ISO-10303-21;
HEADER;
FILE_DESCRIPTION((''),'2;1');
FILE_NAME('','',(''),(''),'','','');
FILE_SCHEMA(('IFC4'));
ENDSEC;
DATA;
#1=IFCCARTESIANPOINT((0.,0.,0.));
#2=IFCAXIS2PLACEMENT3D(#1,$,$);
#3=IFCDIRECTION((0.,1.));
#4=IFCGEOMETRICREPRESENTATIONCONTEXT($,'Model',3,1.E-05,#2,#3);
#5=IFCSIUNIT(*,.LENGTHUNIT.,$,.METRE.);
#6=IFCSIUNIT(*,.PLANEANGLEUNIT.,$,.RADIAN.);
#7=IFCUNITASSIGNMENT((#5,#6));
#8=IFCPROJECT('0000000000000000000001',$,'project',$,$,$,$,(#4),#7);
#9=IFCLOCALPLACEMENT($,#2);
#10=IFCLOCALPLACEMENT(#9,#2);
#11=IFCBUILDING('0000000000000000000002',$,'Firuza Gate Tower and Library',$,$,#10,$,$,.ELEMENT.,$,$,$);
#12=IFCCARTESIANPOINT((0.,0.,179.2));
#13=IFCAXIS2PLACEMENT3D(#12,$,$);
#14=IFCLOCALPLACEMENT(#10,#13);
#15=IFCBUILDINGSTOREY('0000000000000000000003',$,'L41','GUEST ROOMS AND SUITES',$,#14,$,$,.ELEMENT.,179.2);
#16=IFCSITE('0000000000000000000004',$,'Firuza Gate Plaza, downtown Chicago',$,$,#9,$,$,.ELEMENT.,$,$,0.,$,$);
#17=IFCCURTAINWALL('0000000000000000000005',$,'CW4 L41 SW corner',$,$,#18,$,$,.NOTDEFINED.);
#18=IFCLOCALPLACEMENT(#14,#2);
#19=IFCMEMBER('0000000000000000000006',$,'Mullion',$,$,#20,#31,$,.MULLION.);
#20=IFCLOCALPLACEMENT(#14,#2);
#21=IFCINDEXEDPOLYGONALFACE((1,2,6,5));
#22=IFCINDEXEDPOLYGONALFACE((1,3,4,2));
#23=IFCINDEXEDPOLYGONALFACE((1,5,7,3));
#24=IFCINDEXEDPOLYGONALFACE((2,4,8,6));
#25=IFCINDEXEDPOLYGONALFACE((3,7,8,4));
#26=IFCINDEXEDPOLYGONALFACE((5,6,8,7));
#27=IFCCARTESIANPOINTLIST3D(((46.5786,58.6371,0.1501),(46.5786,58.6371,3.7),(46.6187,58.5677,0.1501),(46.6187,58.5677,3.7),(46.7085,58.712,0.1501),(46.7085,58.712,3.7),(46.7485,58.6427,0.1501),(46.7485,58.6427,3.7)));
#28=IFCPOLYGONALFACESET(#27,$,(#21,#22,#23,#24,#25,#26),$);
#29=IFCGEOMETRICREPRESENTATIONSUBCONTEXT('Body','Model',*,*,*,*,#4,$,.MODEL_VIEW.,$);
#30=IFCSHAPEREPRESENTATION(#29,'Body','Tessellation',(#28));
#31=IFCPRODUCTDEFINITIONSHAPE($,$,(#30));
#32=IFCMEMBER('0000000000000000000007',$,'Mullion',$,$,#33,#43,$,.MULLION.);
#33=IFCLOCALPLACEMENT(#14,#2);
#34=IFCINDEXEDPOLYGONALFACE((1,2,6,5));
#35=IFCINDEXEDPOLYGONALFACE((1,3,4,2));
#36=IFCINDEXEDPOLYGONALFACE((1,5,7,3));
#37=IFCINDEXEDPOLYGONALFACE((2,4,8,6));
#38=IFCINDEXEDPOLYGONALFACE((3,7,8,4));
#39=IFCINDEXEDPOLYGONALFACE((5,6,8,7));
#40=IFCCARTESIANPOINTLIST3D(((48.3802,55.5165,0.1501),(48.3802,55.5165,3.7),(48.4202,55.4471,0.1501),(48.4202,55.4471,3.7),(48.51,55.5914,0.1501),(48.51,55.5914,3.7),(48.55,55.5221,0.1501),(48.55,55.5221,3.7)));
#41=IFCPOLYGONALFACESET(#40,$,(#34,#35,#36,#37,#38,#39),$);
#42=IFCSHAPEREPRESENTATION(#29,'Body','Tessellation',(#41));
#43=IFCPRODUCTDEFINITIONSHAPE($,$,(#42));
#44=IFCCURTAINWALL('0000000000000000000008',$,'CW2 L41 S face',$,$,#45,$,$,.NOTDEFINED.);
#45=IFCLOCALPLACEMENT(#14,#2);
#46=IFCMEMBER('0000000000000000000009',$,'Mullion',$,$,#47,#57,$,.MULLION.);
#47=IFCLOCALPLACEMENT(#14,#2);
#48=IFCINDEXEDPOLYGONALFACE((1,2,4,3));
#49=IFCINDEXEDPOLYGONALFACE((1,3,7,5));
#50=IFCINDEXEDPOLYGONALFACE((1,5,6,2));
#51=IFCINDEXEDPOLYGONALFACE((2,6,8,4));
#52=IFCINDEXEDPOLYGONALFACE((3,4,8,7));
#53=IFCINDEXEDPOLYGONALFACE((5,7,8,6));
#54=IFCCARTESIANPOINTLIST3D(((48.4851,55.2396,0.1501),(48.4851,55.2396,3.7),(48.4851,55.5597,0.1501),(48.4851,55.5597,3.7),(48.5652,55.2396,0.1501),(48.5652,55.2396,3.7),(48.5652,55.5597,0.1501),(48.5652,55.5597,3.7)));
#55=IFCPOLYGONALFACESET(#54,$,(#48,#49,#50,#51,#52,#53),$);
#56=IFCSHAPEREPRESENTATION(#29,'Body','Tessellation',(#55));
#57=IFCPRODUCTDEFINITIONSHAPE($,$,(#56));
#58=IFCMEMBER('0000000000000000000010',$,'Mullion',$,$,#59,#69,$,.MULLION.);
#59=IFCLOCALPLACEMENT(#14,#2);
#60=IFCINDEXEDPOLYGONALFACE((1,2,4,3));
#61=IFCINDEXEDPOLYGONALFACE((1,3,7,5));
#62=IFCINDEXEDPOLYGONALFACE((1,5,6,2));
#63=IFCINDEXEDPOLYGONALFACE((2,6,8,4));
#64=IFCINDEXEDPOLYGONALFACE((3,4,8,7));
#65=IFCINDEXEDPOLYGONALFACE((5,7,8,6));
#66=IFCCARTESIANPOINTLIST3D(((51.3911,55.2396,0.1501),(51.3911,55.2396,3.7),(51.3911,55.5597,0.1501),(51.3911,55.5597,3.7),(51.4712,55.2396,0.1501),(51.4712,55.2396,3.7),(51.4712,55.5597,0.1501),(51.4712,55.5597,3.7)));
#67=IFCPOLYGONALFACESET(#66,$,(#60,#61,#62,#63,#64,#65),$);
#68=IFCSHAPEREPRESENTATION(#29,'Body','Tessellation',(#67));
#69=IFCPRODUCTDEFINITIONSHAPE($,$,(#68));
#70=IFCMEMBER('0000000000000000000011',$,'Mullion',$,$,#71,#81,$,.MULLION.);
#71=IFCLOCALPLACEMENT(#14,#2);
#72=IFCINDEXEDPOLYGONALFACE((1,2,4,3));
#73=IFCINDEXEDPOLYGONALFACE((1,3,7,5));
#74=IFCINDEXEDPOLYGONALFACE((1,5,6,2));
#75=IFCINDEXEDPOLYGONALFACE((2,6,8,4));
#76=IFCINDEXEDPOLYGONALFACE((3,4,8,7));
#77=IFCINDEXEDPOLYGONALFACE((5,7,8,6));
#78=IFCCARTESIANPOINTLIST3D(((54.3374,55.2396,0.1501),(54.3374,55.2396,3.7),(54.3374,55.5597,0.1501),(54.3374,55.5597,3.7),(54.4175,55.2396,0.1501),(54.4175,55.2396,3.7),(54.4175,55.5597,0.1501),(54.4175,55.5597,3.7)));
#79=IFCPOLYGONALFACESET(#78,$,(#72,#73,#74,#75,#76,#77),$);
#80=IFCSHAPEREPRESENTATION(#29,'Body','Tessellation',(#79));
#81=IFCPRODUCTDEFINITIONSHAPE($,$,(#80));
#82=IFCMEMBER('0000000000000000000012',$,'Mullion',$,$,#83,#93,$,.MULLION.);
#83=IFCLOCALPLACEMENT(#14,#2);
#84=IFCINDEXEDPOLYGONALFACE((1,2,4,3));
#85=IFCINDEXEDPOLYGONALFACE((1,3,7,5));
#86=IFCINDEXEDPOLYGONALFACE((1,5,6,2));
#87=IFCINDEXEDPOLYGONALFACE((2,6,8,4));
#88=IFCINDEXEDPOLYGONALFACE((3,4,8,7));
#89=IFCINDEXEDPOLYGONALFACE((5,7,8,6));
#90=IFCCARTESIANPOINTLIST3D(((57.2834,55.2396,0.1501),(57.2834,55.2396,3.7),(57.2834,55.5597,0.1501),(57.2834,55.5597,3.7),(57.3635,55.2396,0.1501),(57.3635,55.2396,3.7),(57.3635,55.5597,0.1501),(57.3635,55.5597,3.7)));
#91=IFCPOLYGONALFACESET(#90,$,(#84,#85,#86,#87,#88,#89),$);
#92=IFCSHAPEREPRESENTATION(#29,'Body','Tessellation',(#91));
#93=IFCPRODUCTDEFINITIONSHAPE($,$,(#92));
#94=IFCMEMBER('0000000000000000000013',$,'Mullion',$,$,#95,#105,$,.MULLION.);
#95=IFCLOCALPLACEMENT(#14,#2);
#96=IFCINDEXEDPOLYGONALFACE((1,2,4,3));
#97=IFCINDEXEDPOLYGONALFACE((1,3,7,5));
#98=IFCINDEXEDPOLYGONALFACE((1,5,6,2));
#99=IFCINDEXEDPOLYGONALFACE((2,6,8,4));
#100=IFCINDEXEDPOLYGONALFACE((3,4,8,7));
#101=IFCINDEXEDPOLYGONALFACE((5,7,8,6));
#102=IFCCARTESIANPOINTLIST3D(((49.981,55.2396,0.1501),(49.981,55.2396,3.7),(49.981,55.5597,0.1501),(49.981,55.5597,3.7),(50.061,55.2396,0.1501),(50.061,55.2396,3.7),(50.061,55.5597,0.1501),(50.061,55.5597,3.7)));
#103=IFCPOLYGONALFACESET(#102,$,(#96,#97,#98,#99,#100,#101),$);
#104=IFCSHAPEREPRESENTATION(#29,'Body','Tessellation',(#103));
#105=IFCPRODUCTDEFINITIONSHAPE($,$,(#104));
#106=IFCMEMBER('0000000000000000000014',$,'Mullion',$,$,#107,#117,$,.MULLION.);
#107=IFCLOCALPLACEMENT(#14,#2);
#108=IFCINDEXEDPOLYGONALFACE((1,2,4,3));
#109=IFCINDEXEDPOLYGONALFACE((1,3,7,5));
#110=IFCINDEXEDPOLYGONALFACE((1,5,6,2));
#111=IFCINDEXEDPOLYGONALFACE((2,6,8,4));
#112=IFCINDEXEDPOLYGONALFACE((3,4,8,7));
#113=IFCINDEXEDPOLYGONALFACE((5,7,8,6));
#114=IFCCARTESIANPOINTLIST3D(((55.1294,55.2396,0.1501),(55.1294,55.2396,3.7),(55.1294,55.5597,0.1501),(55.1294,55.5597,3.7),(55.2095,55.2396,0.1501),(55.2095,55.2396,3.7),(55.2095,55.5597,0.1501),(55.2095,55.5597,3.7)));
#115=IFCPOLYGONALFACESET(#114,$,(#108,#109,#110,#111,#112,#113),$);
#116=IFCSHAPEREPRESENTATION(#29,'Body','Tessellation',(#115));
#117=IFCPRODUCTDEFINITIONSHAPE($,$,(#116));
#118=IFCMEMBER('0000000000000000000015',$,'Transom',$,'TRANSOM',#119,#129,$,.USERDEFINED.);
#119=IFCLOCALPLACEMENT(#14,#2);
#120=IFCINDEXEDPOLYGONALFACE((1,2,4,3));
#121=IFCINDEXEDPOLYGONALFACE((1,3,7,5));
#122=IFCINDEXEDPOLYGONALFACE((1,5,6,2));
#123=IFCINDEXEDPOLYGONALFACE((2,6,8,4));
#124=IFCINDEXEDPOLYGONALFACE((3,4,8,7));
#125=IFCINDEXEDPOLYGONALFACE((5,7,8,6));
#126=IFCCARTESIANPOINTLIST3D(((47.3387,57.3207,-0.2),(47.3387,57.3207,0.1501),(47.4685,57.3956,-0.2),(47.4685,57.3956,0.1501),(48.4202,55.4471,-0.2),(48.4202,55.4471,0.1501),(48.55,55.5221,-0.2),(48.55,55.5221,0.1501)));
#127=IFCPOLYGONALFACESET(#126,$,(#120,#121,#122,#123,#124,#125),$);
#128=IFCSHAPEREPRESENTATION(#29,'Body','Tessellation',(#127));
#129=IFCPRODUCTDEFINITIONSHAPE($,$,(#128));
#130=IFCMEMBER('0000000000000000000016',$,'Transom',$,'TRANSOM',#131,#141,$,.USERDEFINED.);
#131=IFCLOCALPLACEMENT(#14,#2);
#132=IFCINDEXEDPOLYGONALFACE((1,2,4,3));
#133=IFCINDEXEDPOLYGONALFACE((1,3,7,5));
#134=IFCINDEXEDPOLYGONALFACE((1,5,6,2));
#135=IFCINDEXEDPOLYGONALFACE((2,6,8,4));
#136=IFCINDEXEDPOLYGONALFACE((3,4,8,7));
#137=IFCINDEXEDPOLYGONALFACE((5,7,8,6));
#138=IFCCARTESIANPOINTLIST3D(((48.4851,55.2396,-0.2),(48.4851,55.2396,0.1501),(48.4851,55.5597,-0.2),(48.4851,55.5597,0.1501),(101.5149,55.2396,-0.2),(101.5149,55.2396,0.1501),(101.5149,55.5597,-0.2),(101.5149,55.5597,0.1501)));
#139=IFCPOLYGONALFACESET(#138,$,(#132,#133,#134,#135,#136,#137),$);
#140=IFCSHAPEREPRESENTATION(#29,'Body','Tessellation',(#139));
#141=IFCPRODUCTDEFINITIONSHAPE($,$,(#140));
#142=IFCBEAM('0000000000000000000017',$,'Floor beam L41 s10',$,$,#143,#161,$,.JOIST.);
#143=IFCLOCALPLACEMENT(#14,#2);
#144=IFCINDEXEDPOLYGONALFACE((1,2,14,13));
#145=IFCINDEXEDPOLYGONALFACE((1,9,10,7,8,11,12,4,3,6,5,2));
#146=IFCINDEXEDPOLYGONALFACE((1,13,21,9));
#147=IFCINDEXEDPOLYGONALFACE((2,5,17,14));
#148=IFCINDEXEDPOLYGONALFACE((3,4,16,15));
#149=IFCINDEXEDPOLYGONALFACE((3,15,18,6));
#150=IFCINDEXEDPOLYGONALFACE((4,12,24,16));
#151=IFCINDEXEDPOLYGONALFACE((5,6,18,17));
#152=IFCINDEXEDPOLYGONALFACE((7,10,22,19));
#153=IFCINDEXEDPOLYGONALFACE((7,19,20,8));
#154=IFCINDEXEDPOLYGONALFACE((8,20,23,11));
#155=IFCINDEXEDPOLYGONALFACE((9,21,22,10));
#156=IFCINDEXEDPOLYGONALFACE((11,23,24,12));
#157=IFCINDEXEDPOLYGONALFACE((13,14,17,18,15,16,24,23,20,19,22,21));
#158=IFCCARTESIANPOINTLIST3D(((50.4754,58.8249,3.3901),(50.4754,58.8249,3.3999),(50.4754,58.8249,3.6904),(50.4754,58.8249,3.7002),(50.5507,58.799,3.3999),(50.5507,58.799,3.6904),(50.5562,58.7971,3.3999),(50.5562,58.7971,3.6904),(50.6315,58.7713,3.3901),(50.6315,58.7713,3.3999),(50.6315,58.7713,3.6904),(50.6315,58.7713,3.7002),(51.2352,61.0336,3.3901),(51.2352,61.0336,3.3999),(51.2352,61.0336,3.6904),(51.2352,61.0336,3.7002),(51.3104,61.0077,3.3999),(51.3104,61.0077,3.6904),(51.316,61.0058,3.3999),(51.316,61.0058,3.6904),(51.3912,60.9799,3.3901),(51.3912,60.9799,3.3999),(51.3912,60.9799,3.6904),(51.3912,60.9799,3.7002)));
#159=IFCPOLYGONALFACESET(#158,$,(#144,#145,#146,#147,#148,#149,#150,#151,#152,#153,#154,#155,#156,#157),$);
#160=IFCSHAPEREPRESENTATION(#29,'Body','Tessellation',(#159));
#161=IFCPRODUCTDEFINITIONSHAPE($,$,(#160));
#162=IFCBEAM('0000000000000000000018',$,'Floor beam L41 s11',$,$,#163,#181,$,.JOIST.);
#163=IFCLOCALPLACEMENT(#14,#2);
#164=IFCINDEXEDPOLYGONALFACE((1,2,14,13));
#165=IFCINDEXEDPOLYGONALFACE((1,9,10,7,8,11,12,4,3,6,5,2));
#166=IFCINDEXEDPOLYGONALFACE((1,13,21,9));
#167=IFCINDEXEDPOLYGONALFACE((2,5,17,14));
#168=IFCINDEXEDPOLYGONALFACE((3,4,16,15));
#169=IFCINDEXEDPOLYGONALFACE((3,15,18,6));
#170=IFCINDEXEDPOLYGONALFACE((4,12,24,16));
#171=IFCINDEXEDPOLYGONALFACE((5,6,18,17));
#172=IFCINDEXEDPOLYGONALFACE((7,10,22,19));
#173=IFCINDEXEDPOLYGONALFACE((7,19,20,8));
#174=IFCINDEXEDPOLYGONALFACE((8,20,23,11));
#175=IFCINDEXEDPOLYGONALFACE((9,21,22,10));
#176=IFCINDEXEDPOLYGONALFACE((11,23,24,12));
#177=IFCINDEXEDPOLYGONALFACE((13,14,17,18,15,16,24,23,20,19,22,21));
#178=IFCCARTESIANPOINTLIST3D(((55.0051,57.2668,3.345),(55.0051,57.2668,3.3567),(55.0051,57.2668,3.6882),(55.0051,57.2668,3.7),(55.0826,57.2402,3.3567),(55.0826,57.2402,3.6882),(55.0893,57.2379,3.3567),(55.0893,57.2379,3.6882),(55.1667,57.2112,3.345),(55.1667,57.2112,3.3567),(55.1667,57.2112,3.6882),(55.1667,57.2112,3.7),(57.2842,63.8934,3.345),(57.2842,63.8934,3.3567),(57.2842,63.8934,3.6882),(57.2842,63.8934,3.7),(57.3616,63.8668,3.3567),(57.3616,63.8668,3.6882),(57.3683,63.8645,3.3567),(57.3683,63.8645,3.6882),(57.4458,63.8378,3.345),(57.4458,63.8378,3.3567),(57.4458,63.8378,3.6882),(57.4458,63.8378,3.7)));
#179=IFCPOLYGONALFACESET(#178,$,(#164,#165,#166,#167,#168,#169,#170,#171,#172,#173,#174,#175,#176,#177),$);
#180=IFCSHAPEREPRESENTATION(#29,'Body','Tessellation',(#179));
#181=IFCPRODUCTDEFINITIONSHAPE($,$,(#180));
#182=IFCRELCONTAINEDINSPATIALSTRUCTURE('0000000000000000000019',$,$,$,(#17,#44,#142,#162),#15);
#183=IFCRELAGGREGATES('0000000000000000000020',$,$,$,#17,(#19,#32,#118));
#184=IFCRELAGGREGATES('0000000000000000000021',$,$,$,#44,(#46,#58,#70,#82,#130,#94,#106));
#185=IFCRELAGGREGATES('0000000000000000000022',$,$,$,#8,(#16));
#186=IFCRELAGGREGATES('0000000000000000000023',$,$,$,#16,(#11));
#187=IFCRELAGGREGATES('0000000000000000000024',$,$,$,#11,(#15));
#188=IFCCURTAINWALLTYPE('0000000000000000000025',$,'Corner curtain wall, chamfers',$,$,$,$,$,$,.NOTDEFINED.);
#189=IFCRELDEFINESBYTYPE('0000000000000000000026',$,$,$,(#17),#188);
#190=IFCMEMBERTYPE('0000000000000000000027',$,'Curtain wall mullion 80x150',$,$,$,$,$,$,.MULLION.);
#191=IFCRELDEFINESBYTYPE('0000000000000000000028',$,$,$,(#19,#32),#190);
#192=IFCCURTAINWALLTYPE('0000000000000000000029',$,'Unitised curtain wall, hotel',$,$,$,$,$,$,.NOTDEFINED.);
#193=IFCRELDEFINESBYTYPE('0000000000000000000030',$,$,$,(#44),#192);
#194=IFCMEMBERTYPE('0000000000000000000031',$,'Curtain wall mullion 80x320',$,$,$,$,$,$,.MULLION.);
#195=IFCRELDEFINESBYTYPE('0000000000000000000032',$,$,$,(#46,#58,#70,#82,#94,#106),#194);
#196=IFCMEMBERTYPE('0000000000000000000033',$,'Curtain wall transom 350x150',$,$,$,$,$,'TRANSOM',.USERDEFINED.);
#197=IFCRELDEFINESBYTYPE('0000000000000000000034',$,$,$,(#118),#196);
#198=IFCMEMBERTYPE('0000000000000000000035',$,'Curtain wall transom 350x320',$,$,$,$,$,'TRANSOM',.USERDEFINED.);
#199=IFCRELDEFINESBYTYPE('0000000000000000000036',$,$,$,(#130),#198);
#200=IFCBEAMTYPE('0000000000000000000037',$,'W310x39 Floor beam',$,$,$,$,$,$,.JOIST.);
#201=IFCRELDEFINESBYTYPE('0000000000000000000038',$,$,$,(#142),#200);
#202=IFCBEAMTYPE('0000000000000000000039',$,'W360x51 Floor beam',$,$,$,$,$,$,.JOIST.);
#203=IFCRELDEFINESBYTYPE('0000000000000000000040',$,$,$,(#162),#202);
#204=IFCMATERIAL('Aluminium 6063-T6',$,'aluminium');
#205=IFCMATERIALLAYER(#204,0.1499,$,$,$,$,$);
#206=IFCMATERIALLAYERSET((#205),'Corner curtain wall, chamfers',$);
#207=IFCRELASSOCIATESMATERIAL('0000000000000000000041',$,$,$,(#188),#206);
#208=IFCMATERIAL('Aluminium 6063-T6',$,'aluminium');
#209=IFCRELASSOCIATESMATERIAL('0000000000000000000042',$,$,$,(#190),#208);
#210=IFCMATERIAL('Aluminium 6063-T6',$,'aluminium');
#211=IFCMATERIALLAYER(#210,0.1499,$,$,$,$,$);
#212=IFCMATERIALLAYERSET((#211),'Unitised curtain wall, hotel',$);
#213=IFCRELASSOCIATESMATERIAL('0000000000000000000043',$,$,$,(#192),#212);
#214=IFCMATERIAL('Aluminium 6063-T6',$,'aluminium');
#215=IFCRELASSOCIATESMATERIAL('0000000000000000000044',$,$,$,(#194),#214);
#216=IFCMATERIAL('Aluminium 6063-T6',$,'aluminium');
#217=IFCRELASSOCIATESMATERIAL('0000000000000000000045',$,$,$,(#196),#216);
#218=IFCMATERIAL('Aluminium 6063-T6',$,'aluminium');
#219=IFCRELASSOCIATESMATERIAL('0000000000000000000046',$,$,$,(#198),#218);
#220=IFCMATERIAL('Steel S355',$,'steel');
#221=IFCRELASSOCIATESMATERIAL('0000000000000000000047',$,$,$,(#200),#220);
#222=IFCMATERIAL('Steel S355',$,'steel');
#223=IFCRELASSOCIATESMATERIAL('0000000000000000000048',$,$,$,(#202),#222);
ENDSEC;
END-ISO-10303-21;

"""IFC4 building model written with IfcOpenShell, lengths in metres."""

from ifc_helpers import new_model, si_unit, direction, frame, origin, origin_2d, place, context, subcontext, project, spatial, rectangle, i_section, extrude, material, layer, layer_set, material_profile, profile_set, type_object, element, aggregate, save


model = new_model("IFC4")

# Units and contexts
model_context = context("Model", 3, precision=1e-05, world=origin(), true_north=direction((0.0, 1.0)))
body_context = subcontext(model_context, "Body", "Model", "MODEL_VIEW")
ifc_project = project(units=[si_unit("LENGTHUNIT", "METRE"), si_unit("PLANEANGLEUNIT", "RADIAN")], contexts=[model_context])

# Site, building, storey
site_placement = place(None, origin())
site = spatial("IfcSite", under=ifc_project, at=site_placement, Name="Firuza Gate Plaza, downtown Chicago", CompositionType="ELEMENT", RefElevation=0.0)
building_placement = place(site_placement, origin())
building = spatial("IfcBuilding", under=site, at=building_placement, Name="Firuza Gate Tower and Library", CompositionType="ELEMENT")
storey_placement = place(building_placement, frame((0.0, 0.0, 179.2)))
storey = spatial("IfcBuildingStorey", under=building, at=storey_placement, Name="L41", Description="GUEST ROOMS AND SUITES", CompositionType="ELEMENT", Elevation=179.2)

# Curtain walls, members
ifc_material_1 = material(Name="Aluminium 6063-T6", Category="aluminium")
ifc_layer_1 = layer(ifc_material_1, 0.1499)
ifc_layer_set_1 = layer_set([ifc_layer_1], Name="Corner curtain wall, chamfers")
curtain_wall_type_1 = type_object("IfcCurtainWallType", Name="Corner curtain wall, chamfers", PredefinedType="NOTDEFINED", material=ifc_layer_set_1)
placement_1 = place(storey_placement, origin())
curtain_wall_1 = element("IfcCurtainWall", 1, at=placement_1, inside=storey, type_object=curtain_wall_type_1, Name="CW4 L41 SW corner", PredefinedType="NOTDEFINED")
ifc_material_2 = material(Name="Aluminium 6063-T6", Category="aluminium")
ifc_material_profile_1 = material_profile(ifc_material_2, rectangle(XDim=0.1499, YDim=0.0801, at=origin_2d()))
ifc_profile_set_1 = profile_set([ifc_material_profile_1], Name="Aluminium 6063-T6")
member_type_1 = type_object("IfcMemberType", Name="Curtain wall mullion 80x150", PredefinedType="MULLION", material=ifc_profile_set_1)
member_1_placement = place(storey_placement, frame((46.6636, 58.6399, 0.1501), z_axis=(0.0, 0.0, 1.0), x_axis=(0.866025, 0.5, 0.0)))
member_1 = element("IfcMember", 2, at=member_1_placement, type_object=member_type_1, Name="Mullion", PredefinedType="MULLION", context=body_context, shape_type="SweptSolid", body=[
    extrude(rectangle(XDim=0.1499, YDim=0.0801, at=origin_2d()), origin(), (0.0, 0.0, 1.0), 3.5498),
])
member_2_placement = place(storey_placement, frame((48.4651, 55.5193, 0.1501), z_axis=(0.0, 0.0, 1.0), x_axis=(0.866025, 0.5, 0.0)))
member_2 = element("IfcMember", 3, at=member_2_placement, type_object=member_type_1, Name="Mullion", PredefinedType="MULLION", context=body_context, shape_type="SweptSolid", body=[
    extrude(rectangle(XDim=0.1499, YDim=0.0801, at=origin_2d()), origin(), (0.0, 0.0, 1.0), 3.5498),
])
ifc_material_3 = material(Name="Aluminium 6063-T6", Category="aluminium")
ifc_layer_2 = layer(ifc_material_3, 0.1499)
ifc_layer_set_2 = layer_set([ifc_layer_2], Name="Unitised curtain wall, hotel")
curtain_wall_type_2 = type_object("IfcCurtainWallType", Name="Unitised curtain wall, hotel", PredefinedType="NOTDEFINED", material=ifc_layer_set_2)
curtain_wall_2 = element("IfcCurtainWall", 4, at=placement_1, inside=storey, type_object=curtain_wall_type_2, Name="CW2 L41 S face", PredefinedType="NOTDEFINED")
ifc_material_4 = material(Name="Aluminium 6063-T6", Category="aluminium")
ifc_material_profile_2 = material_profile(ifc_material_4, rectangle(XDim=0.3201, YDim=0.0801, at=origin_2d()))
ifc_profile_set_2 = profile_set([ifc_material_profile_2], Name="Aluminium 6063-T6")
member_type_2 = type_object("IfcMemberType", Name="Curtain wall mullion 80x320", PredefinedType="MULLION", material=ifc_profile_set_2)
member_3_placement = place(storey_placement, frame((48.5251, 55.3997, 0.1501), z_axis=(0.0, 0.0, 1.0), x_axis=(0.0, 1.0, 0.0)))
member_3 = element("IfcMember", 5, at=member_3_placement, type_object=member_type_2, Name="Mullion", PredefinedType="MULLION", context=body_context, shape_type="SweptSolid", body=[
    extrude(rectangle(XDim=0.3201, YDim=0.0801, at=origin_2d()), origin(), (0.0, 0.0, 1.0), 3.5498),
])
member_4_placement = place(storey_placement, frame((51.4312, 55.3997, 0.1501), z_axis=(0.0, 0.0, 1.0), x_axis=(0.0, 1.0, 0.0)))
member_4 = element("IfcMember", 6, at=member_4_placement, type_object=member_type_2, Name="Mullion", PredefinedType="MULLION", context=body_context, shape_type="SweptSolid", body=[
    extrude(rectangle(XDim=0.3201, YDim=0.0801, at=origin_2d()), origin(), (0.0, 0.0, 1.0), 3.5498),
])
member_5_placement = place(storey_placement, frame((54.3774, 55.3997, 0.1501), z_axis=(0.0, 0.0, 1.0), x_axis=(0.0, 1.0, 0.0)))
member_5 = element("IfcMember", 7, at=member_5_placement, type_object=member_type_2, Name="Mullion", PredefinedType="MULLION", context=body_context, shape_type="SweptSolid", body=[
    extrude(rectangle(XDim=0.3201, YDim=0.0801, at=origin_2d()), origin(), (0.0, 0.0, 1.0), 3.5498),
])
member_6_placement = place(storey_placement, frame((57.3235, 55.3997, 0.1501), z_axis=(0.0, 0.0, 1.0), x_axis=(0.0, 1.0, 0.0)))
member_6 = element("IfcMember", 8, at=member_6_placement, type_object=member_type_2, Name="Mullion", PredefinedType="MULLION", context=body_context, shape_type="SweptSolid", body=[
    extrude(rectangle(XDim=0.3201, YDim=0.0801, at=origin_2d()), origin(), (0.0, 0.0, 1.0), 3.5498),
])
member_7_placement = place(storey_placement, frame((50.021, 55.3997, 0.1501), z_axis=(0.0, 0.0, 1.0), x_axis=(0.0, 1.0, 0.0)))
member_7 = element("IfcMember", 9, at=member_7_placement, type_object=member_type_2, Name="Mullion", PredefinedType="MULLION", context=body_context, shape_type="SweptSolid", body=[
    extrude(rectangle(XDim=0.3201, YDim=0.0801, at=origin_2d()), origin(), (0.0, 0.0, 1.0), 3.5498),
])
member_8_placement = place(storey_placement, frame((55.1694, 55.3997, 0.1501), z_axis=(0.0, 0.0, 1.0), x_axis=(0.0, 1.0, 0.0)))
member_8 = element("IfcMember", 10, at=member_8_placement, type_object=member_type_2, Name="Mullion", PredefinedType="MULLION", context=body_context, shape_type="SweptSolid", body=[
    extrude(rectangle(XDim=0.3201, YDim=0.0801, at=origin_2d()), origin(), (0.0, 0.0, 1.0), 3.5498),
])

# Members
ifc_material_5 = material(Name="Aluminium 6063-T6", Category="aluminium")
ifc_material_profile_3 = material_profile(ifc_material_5, rectangle(XDim=0.1499, YDim=0.3501, at=origin_2d()))
ifc_profile_set_3 = profile_set([ifc_material_profile_3], Name="Aluminium 6063-T6")
member_type_3 = type_object("IfcMemberType", Name="Curtain wall transom 350x150", ElementType="TRANSOM", PredefinedType="USERDEFINED", material=ifc_profile_set_3)
member_9_placement = place(storey_placement, frame((47.4036, 57.3582, -0.0249), z_axis=(0.49995, -0.866054, 0.0), x_axis=(0.866054, 0.49995, 0.0)))
member_9 = element("IfcMember", 11, at=member_9_placement, type_object=member_type_3, Name="Transom", ObjectType="TRANSOM", PredefinedType="USERDEFINED", context=body_context, shape_type="SweptSolid", body=[
    extrude(rectangle(XDim=0.1499, YDim=0.3501, at=origin_2d()), origin(), (0.0, 0.0, 1.0), 2.1633),
])
ifc_material_6 = material(Name="Aluminium 6063-T6", Category="aluminium")
ifc_material_profile_4 = material_profile(ifc_material_6, rectangle(XDim=0.3201, YDim=0.3501, at=origin_2d()))
ifc_profile_set_4 = profile_set([ifc_material_profile_4], Name="Aluminium 6063-T6")
member_type_4 = type_object("IfcMemberType", Name="Curtain wall transom 350x320", ElementType="TRANSOM", PredefinedType="USERDEFINED", material=ifc_profile_set_4)
member_10_placement = place(storey_placement, frame((48.4851, 55.3997, -0.0249), z_axis=(1.0, 0.0, 0.0), x_axis=(0.0, 1.0, 0.0)))
member_10 = element("IfcMember", 12, at=member_10_placement, type_object=member_type_4, Name="Transom", ObjectType="TRANSOM", PredefinedType="USERDEFINED", context=body_context, shape_type="SweptSolid", body=[
    extrude(rectangle(XDim=0.3201, YDim=0.3501, at=origin_2d()), origin(), (0.0, 0.0, 1.0), 53.0298),
])

# Beams
ifc_material_7 = material(Name="Steel S355", Category="steel")
ifc_material_profile_5 = material_profile(ifc_material_7, i_section(OverallWidth=0.165, OverallDepth=0.3101, WebThickness=0.0059, FlangeThickness=0.0098, at=origin_2d()))
ifc_profile_set_5 = profile_set([ifc_material_profile_5], Name="Steel S355")
beam_type_1 = type_object("IfcBeamType", Name="W310x39 Floor beam", PredefinedType="JOIST", material=ifc_profile_set_5)
beam_1_placement = place(storey_placement, frame((50.5535, 58.7981, 3.5452), z_axis=(0.325275, 0.945619, 0.0), x_axis=(-0.945619, 0.325275, 0.0)))
element("IfcBeam", 13, at=beam_1_placement, inside=storey, type_object=beam_type_1, Name="Floor beam L41 s10", PredefinedType="JOIST", context=body_context, shape_type="SweptSolid", body=[
    extrude(i_section(OverallWidth=0.165, OverallDepth=0.3101, WebThickness=0.0059, FlangeThickness=0.0098, at=origin_2d()), origin(), (0.0, 0.0, 1.0), 2.3357),
])
ifc_material_8 = material(Name="Steel S355", Category="steel")
ifc_material_profile_6 = material_profile(ifc_material_8, i_section(OverallWidth=0.1709, OverallDepth=0.355, WebThickness=0.0071, FlangeThickness=0.0117, at=origin_2d()))
ifc_profile_set_6 = profile_set([ifc_material_profile_6], Name="Steel S355")
beam_type_2 = type_object("IfcBeamType", Name="W360x51 Floor beam", PredefinedType="JOIST", material=ifc_profile_set_6)
beam_2_placement = place(storey_placement, frame((55.0859, 57.239, 3.5225), z_axis=(0.325223, 0.945637, 0.0), x_axis=(-0.945637, 0.325223, 0.0)))
element("IfcBeam", 14, at=beam_2_placement, inside=storey, type_object=beam_type_2, Name="Floor beam L41 s11", PredefinedType="JOIST", context=body_context, shape_type="SweptSolid", body=[
    extrude(i_section(OverallWidth=0.1709, OverallDepth=0.355, WebThickness=0.0071, FlangeThickness=0.0117, at=origin_2d()), origin(), (0.0, 0.0, 1.0), 7.0076),
])

aggregate(curtain_wall_1, [member_1, member_2, member_9])
aggregate(curtain_wall_2, [member_3, member_4, member_5, member_6, member_10, member_7, member_8])

save(model, "model.ifc")
